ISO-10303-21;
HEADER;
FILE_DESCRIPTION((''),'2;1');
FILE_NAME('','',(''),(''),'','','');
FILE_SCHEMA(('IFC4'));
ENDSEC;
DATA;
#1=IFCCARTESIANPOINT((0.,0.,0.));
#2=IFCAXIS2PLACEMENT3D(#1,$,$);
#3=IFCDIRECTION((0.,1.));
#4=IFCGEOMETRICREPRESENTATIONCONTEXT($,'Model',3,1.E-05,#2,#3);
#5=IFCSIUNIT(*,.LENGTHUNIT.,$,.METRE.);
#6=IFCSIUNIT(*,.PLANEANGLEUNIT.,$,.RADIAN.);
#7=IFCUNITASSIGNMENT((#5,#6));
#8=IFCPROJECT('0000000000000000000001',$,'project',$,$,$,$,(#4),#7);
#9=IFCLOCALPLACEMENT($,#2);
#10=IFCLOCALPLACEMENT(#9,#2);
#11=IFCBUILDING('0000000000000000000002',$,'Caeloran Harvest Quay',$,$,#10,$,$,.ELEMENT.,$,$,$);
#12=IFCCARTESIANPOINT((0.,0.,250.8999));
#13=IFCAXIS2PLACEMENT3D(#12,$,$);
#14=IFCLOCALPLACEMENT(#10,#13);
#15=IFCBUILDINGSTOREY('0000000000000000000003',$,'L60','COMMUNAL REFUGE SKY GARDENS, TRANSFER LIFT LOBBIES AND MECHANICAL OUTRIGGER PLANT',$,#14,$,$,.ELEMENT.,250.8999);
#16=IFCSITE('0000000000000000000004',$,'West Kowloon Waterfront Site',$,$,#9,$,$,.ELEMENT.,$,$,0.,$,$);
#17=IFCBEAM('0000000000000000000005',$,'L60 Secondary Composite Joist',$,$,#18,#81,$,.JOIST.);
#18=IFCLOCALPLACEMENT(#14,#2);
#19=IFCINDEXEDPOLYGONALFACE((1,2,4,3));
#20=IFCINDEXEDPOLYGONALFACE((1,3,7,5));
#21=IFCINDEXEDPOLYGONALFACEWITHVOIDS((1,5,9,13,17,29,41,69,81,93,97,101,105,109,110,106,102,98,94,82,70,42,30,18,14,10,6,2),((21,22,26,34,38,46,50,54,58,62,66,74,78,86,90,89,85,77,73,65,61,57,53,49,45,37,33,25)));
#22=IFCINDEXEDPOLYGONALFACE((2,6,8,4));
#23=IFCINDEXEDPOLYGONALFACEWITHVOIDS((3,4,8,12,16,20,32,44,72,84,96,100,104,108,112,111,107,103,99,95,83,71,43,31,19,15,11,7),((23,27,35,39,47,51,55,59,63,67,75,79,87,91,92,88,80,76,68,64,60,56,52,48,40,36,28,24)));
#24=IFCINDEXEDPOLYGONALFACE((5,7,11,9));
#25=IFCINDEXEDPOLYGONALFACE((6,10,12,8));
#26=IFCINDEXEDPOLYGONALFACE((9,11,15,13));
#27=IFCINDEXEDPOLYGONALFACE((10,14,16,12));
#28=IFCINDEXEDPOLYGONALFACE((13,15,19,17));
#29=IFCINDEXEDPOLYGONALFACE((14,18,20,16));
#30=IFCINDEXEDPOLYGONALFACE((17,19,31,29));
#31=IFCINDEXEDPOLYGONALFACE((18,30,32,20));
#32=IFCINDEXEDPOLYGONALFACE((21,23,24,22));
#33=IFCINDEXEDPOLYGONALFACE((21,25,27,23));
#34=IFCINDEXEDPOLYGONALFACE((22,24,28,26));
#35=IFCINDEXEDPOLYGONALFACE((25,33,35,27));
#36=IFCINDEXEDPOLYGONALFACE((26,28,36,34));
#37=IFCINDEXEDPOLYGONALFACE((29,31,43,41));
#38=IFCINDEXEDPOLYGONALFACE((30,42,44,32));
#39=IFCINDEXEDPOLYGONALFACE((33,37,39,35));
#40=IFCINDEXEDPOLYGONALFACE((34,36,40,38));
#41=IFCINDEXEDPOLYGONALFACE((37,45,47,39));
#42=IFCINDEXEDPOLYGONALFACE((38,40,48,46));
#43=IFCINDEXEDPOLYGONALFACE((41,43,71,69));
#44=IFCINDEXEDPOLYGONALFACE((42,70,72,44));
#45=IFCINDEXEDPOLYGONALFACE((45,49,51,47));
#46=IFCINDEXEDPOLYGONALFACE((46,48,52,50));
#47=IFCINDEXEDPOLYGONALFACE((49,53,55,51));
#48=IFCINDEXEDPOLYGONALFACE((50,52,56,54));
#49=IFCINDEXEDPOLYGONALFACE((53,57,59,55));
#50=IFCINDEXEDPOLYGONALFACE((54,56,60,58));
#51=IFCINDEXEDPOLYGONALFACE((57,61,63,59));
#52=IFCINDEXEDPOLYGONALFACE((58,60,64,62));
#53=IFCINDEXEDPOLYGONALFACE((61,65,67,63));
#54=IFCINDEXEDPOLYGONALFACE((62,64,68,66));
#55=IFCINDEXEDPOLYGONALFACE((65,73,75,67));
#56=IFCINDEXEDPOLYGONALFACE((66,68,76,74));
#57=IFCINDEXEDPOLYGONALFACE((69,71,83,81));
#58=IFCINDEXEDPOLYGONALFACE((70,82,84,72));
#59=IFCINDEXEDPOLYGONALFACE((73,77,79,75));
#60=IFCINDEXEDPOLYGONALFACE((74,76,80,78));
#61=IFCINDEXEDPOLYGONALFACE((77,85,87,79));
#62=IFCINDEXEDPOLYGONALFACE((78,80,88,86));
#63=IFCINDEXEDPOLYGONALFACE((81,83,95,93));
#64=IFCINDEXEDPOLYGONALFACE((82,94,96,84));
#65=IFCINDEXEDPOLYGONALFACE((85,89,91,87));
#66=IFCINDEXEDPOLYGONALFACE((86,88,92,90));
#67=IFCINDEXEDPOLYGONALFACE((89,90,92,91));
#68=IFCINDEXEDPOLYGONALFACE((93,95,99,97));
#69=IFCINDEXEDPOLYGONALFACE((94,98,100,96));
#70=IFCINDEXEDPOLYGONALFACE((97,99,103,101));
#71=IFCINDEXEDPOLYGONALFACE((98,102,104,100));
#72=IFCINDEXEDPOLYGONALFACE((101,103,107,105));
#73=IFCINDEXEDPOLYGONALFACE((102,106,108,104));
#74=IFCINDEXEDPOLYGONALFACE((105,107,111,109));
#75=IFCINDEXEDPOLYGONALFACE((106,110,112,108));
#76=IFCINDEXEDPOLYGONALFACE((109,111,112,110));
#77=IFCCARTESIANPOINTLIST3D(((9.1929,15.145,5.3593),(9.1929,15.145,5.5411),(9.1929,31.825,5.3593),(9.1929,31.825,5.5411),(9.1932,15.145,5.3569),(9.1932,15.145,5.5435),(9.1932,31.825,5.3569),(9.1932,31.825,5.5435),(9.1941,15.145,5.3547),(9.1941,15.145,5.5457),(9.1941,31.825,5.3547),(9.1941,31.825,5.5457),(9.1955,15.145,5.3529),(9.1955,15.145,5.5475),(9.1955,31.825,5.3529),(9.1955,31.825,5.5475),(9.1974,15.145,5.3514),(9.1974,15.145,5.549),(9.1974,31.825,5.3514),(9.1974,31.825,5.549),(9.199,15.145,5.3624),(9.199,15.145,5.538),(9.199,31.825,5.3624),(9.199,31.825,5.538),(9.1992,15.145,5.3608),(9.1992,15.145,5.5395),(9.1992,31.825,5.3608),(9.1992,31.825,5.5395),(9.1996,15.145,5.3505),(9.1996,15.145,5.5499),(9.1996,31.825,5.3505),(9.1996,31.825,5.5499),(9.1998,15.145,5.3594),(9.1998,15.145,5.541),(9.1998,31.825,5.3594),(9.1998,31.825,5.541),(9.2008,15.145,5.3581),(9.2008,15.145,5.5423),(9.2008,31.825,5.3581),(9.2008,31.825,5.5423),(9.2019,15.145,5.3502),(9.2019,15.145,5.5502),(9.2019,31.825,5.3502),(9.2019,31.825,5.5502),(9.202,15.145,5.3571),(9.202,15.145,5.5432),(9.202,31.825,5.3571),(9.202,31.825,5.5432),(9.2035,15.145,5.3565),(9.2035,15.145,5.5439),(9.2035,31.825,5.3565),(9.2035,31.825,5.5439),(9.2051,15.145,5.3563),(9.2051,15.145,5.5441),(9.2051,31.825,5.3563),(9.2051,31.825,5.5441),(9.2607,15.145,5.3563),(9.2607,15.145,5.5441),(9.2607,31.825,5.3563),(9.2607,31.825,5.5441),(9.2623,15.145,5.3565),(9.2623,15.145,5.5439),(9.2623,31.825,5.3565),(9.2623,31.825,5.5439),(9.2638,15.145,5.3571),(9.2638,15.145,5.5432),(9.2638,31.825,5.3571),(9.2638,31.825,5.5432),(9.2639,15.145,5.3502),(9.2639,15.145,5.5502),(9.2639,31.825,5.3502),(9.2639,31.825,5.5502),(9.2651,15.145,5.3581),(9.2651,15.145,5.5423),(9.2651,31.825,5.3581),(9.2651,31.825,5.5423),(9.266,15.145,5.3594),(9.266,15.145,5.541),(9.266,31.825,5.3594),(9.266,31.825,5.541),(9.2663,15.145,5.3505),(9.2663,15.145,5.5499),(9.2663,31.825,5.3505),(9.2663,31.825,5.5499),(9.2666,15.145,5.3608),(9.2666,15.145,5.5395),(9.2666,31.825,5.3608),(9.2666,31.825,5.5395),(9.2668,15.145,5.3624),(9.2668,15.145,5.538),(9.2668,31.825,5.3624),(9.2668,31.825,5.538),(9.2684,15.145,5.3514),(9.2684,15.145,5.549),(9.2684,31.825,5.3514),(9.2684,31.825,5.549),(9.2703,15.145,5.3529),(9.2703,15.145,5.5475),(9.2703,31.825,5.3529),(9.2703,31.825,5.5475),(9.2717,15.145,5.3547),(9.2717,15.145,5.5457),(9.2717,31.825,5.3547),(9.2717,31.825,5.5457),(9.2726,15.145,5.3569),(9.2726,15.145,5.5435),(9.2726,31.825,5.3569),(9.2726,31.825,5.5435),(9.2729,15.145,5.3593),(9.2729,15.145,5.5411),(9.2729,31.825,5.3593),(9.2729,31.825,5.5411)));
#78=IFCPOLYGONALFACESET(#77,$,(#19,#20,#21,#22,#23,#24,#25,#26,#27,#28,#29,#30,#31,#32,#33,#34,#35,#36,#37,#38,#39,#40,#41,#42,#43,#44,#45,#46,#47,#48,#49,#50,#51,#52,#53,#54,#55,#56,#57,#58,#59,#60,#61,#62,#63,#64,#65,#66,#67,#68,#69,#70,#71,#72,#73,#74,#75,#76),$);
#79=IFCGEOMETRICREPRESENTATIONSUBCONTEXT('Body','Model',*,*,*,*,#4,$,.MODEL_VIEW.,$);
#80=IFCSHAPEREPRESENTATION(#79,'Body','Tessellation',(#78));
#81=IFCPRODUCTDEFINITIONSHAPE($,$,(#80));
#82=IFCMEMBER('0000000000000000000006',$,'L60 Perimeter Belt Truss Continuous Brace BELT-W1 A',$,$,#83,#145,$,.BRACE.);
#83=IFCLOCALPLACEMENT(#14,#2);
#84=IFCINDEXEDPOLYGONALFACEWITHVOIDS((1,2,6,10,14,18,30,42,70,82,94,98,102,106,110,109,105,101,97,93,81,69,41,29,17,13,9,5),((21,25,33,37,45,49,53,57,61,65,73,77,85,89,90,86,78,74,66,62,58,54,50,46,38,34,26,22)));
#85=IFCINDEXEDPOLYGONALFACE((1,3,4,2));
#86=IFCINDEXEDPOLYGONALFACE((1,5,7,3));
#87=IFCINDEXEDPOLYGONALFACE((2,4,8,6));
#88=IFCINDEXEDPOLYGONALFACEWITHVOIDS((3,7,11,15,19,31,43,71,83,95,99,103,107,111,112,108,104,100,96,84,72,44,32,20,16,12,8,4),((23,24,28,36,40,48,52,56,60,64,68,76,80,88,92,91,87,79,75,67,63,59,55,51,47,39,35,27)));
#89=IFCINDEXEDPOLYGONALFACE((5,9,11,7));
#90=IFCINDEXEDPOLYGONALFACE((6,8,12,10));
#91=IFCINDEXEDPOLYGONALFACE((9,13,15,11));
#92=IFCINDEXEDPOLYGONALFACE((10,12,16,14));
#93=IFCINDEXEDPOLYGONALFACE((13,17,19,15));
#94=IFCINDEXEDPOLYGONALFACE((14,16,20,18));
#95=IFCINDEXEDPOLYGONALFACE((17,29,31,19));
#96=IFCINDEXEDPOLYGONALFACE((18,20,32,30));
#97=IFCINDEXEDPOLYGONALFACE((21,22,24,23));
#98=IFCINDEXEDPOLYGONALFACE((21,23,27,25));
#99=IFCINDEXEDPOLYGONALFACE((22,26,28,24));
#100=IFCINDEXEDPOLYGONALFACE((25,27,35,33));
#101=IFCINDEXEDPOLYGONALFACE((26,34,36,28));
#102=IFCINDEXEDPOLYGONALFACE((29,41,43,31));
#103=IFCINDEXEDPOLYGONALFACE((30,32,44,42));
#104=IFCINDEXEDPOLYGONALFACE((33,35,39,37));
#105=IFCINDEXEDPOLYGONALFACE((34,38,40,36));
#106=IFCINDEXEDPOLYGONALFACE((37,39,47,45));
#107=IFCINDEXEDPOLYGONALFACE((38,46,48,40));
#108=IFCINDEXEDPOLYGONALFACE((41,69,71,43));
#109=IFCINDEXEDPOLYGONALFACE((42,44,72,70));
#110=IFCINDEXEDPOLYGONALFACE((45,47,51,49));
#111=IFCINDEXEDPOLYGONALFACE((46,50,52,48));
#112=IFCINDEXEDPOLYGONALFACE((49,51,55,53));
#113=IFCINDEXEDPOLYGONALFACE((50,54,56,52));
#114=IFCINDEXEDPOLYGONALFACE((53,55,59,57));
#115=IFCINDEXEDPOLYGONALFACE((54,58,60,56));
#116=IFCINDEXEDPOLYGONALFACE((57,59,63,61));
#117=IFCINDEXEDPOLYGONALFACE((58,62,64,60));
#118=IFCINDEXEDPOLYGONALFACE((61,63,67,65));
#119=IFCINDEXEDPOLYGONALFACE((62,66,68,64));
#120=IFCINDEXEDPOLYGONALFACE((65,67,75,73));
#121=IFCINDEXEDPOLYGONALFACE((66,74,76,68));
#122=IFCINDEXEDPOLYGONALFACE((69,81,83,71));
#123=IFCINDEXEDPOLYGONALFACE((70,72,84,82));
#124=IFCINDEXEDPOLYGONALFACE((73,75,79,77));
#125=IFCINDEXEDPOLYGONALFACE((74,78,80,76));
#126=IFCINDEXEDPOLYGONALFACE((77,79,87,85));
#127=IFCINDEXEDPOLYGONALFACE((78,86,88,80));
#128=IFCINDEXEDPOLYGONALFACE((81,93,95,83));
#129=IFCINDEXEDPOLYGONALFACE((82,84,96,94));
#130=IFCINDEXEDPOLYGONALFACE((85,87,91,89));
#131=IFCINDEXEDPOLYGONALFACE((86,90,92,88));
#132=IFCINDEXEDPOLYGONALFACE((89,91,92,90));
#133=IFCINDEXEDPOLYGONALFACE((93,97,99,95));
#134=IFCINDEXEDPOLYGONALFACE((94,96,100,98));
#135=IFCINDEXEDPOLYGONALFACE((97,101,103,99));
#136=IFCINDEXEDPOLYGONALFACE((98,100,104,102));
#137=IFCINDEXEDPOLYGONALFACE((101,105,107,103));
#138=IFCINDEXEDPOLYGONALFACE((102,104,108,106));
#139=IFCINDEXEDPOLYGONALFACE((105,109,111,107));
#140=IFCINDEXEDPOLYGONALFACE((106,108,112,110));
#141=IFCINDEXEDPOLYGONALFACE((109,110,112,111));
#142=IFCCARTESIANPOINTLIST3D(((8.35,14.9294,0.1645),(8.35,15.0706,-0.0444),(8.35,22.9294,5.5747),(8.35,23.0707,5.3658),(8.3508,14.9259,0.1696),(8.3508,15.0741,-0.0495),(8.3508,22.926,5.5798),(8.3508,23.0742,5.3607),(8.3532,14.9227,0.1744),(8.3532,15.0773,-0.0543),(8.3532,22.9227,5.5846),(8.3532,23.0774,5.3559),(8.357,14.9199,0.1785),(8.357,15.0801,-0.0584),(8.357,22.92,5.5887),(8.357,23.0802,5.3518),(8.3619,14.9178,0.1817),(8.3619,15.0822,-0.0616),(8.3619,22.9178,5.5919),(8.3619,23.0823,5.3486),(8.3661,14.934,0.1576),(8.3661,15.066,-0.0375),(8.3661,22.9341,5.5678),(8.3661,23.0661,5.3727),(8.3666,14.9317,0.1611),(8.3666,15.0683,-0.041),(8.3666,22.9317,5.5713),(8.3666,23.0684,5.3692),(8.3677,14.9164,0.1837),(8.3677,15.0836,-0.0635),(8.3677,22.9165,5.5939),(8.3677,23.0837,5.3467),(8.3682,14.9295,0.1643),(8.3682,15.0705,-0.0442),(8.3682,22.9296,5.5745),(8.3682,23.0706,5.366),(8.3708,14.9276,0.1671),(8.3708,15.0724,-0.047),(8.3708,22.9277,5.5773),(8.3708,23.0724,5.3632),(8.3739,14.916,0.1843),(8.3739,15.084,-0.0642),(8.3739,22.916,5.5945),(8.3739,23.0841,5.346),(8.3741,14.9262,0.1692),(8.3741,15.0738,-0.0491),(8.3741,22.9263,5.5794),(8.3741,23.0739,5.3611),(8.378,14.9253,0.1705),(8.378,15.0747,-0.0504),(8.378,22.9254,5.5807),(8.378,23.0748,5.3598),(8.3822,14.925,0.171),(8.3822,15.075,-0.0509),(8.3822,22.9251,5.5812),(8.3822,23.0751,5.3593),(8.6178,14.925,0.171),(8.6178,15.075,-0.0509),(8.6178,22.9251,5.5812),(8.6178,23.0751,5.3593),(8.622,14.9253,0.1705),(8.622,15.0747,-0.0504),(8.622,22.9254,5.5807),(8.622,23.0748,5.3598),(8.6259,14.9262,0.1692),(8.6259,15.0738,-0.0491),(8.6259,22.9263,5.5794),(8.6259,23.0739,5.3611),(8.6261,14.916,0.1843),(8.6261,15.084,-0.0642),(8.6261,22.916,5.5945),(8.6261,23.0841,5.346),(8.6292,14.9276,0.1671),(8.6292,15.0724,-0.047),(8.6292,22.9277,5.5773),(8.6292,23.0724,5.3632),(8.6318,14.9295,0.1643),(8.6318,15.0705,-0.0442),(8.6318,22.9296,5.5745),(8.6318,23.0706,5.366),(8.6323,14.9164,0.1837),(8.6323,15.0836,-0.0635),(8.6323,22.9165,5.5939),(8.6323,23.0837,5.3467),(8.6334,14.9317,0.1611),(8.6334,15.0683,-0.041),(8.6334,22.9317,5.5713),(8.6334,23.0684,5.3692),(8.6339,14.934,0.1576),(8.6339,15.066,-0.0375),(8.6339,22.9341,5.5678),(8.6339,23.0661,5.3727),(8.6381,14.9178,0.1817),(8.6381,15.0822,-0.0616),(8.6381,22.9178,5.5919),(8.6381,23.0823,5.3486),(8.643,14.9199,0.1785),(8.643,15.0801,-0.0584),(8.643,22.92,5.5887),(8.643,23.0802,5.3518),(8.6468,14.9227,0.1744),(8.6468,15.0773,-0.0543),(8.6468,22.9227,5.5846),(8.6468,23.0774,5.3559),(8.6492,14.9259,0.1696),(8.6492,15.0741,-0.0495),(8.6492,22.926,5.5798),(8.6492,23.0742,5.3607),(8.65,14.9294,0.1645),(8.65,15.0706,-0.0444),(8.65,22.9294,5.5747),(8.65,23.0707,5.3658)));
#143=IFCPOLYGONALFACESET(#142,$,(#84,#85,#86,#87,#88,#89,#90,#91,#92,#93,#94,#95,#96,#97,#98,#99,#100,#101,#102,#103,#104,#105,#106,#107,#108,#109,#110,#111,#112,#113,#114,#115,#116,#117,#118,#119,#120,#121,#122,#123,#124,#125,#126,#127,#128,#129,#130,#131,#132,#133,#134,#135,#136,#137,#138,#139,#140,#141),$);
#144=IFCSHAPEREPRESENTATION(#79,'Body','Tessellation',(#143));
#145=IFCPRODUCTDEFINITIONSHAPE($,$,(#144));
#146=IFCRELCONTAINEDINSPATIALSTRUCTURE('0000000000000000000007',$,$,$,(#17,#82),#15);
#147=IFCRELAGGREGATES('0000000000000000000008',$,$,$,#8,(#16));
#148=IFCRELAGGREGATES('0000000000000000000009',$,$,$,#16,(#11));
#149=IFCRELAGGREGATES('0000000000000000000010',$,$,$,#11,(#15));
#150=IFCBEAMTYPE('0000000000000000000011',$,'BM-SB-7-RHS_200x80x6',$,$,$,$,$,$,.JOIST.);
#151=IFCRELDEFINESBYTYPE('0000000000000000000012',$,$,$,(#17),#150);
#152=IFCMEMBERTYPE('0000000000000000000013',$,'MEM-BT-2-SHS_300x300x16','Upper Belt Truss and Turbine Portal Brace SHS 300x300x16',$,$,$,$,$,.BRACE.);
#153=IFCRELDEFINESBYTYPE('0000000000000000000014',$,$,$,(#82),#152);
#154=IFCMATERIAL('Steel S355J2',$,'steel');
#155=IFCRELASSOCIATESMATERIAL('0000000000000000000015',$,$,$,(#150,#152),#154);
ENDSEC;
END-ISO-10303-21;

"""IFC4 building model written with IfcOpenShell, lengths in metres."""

from ifc_helpers import new_model, si_unit, direction, frame, origin, origin_2d, place, context, subcontext, project, spatial, hollow_rectangle, extrude, material, material_profile, profile_set, type_object, element, save


model = new_model("IFC4")

# Units and contexts
model_context = context("Model", 3, precision=1e-05, world=origin(), true_north=direction((0.0, 1.0)))
body_context = subcontext(model_context, "Body", "Model", "MODEL_VIEW")
ifc_project = project(units=[si_unit("LENGTHUNIT", "METRE"), si_unit("PLANEANGLEUNIT", "RADIAN")], contexts=[model_context])

# Site, building, storey
site_placement = place(None, origin())
site = spatial("IfcSite", under=ifc_project, at=site_placement, Name="West Kowloon Waterfront Site", CompositionType="ELEMENT", RefElevation=0.0)
building_placement = place(site_placement, origin())
building = spatial("IfcBuilding", under=site, at=building_placement, Name="Caeloran Harvest Quay", CompositionType="ELEMENT")
storey_placement = place(building_placement, frame((0.0, 0.0, 250.8999)))
storey = spatial("IfcBuildingStorey", under=building, at=storey_placement, Name="L60", Description="COMMUNAL REFUGE SKY GARDENS, TRANSFER LIFT LOBBIES AND MECHANICAL OUTRIGGER PLANT", CompositionType="ELEMENT", Elevation=250.8999)

# Beam
ifc_material_1 = material(Name="Steel S355J2", Category="steel")
ifc_material_profile_1 = material_profile(ifc_material_1, hollow_rectangle(XDim=0.0801, YDim=0.2, WallThickness=0.0061, InnerFilletRadius=0.0061, OuterFilletRadius=0.009, at=origin_2d()), Name="RHS 200x80x6")
ifc_profile_set_1 = profile_set([ifc_material_profile_1], Name="Steel S355J2")
beam_type_1 = type_object("IfcBeamType", Name="BM-SB-7-RHS_200x80x6", PredefinedType="JOIST", material=ifc_profile_set_1)
beam_1_placement = place(storey_placement, frame((9.2329, 15.145, 5.4502), z_axis=(0.0, 1.0, 0.0), x_axis=(-1.0, 0.0, 0.0)))
element("IfcBeam", 1, at=beam_1_placement, inside=storey, type_object=beam_type_1, Name="L60 Secondary Composite Joist", PredefinedType="JOIST", context=body_context, shape_type="SweptSolid", body=[
    extrude(hollow_rectangle(XDim=0.0801, YDim=0.2, WallThickness=0.0061, InnerFilletRadius=0.0061, OuterFilletRadius=0.009, at=origin_2d()), origin(), (0.0, 0.0, 1.0), 16.6799),
])

# Member
ifc_material_profile_2 = material_profile(ifc_material_1, hollow_rectangle(XDim=0.3, YDim=0.3, WallThickness=0.0161, InnerFilletRadius=0.0161, OuterFilletRadius=0.0239, at=origin_2d()), Name="SHS 300x300x16")
ifc_profile_set_2 = profile_set([ifc_material_profile_2], Name="Steel S355J2")
member_type = type_object("IfcMemberType", Name="MEM-BT-2-SHS_300x300x16", Description="Upper Belt Truss and Turbine Portal Brace SHS 300x300x16", PredefinedType="BRACE", material=ifc_profile_set_2)
member_1_placement = place(storey_placement, frame((8.5, 15.0, 0.0601), z_axis=(0.0, 0.828361, 0.560195), x_axis=(-1.0, 0.0, 0.0)))
element("IfcMember", 2, at=member_1_placement, inside=storey, type_object=member_type, Name="L60 Perimeter Belt Truss Continuous Brace BELT-W1 A", PredefinedType="BRACE", context=body_context, shape_type="SweptSolid", body=[
    extrude(hollow_rectangle(XDim=0.3, YDim=0.3, WallThickness=0.0161, InnerFilletRadius=0.0161, OuterFilletRadius=0.0239, at=origin_2d()), origin(), (0.0, 0.0, 1.0), 9.6577),
])

save(model, "model.ifc")
